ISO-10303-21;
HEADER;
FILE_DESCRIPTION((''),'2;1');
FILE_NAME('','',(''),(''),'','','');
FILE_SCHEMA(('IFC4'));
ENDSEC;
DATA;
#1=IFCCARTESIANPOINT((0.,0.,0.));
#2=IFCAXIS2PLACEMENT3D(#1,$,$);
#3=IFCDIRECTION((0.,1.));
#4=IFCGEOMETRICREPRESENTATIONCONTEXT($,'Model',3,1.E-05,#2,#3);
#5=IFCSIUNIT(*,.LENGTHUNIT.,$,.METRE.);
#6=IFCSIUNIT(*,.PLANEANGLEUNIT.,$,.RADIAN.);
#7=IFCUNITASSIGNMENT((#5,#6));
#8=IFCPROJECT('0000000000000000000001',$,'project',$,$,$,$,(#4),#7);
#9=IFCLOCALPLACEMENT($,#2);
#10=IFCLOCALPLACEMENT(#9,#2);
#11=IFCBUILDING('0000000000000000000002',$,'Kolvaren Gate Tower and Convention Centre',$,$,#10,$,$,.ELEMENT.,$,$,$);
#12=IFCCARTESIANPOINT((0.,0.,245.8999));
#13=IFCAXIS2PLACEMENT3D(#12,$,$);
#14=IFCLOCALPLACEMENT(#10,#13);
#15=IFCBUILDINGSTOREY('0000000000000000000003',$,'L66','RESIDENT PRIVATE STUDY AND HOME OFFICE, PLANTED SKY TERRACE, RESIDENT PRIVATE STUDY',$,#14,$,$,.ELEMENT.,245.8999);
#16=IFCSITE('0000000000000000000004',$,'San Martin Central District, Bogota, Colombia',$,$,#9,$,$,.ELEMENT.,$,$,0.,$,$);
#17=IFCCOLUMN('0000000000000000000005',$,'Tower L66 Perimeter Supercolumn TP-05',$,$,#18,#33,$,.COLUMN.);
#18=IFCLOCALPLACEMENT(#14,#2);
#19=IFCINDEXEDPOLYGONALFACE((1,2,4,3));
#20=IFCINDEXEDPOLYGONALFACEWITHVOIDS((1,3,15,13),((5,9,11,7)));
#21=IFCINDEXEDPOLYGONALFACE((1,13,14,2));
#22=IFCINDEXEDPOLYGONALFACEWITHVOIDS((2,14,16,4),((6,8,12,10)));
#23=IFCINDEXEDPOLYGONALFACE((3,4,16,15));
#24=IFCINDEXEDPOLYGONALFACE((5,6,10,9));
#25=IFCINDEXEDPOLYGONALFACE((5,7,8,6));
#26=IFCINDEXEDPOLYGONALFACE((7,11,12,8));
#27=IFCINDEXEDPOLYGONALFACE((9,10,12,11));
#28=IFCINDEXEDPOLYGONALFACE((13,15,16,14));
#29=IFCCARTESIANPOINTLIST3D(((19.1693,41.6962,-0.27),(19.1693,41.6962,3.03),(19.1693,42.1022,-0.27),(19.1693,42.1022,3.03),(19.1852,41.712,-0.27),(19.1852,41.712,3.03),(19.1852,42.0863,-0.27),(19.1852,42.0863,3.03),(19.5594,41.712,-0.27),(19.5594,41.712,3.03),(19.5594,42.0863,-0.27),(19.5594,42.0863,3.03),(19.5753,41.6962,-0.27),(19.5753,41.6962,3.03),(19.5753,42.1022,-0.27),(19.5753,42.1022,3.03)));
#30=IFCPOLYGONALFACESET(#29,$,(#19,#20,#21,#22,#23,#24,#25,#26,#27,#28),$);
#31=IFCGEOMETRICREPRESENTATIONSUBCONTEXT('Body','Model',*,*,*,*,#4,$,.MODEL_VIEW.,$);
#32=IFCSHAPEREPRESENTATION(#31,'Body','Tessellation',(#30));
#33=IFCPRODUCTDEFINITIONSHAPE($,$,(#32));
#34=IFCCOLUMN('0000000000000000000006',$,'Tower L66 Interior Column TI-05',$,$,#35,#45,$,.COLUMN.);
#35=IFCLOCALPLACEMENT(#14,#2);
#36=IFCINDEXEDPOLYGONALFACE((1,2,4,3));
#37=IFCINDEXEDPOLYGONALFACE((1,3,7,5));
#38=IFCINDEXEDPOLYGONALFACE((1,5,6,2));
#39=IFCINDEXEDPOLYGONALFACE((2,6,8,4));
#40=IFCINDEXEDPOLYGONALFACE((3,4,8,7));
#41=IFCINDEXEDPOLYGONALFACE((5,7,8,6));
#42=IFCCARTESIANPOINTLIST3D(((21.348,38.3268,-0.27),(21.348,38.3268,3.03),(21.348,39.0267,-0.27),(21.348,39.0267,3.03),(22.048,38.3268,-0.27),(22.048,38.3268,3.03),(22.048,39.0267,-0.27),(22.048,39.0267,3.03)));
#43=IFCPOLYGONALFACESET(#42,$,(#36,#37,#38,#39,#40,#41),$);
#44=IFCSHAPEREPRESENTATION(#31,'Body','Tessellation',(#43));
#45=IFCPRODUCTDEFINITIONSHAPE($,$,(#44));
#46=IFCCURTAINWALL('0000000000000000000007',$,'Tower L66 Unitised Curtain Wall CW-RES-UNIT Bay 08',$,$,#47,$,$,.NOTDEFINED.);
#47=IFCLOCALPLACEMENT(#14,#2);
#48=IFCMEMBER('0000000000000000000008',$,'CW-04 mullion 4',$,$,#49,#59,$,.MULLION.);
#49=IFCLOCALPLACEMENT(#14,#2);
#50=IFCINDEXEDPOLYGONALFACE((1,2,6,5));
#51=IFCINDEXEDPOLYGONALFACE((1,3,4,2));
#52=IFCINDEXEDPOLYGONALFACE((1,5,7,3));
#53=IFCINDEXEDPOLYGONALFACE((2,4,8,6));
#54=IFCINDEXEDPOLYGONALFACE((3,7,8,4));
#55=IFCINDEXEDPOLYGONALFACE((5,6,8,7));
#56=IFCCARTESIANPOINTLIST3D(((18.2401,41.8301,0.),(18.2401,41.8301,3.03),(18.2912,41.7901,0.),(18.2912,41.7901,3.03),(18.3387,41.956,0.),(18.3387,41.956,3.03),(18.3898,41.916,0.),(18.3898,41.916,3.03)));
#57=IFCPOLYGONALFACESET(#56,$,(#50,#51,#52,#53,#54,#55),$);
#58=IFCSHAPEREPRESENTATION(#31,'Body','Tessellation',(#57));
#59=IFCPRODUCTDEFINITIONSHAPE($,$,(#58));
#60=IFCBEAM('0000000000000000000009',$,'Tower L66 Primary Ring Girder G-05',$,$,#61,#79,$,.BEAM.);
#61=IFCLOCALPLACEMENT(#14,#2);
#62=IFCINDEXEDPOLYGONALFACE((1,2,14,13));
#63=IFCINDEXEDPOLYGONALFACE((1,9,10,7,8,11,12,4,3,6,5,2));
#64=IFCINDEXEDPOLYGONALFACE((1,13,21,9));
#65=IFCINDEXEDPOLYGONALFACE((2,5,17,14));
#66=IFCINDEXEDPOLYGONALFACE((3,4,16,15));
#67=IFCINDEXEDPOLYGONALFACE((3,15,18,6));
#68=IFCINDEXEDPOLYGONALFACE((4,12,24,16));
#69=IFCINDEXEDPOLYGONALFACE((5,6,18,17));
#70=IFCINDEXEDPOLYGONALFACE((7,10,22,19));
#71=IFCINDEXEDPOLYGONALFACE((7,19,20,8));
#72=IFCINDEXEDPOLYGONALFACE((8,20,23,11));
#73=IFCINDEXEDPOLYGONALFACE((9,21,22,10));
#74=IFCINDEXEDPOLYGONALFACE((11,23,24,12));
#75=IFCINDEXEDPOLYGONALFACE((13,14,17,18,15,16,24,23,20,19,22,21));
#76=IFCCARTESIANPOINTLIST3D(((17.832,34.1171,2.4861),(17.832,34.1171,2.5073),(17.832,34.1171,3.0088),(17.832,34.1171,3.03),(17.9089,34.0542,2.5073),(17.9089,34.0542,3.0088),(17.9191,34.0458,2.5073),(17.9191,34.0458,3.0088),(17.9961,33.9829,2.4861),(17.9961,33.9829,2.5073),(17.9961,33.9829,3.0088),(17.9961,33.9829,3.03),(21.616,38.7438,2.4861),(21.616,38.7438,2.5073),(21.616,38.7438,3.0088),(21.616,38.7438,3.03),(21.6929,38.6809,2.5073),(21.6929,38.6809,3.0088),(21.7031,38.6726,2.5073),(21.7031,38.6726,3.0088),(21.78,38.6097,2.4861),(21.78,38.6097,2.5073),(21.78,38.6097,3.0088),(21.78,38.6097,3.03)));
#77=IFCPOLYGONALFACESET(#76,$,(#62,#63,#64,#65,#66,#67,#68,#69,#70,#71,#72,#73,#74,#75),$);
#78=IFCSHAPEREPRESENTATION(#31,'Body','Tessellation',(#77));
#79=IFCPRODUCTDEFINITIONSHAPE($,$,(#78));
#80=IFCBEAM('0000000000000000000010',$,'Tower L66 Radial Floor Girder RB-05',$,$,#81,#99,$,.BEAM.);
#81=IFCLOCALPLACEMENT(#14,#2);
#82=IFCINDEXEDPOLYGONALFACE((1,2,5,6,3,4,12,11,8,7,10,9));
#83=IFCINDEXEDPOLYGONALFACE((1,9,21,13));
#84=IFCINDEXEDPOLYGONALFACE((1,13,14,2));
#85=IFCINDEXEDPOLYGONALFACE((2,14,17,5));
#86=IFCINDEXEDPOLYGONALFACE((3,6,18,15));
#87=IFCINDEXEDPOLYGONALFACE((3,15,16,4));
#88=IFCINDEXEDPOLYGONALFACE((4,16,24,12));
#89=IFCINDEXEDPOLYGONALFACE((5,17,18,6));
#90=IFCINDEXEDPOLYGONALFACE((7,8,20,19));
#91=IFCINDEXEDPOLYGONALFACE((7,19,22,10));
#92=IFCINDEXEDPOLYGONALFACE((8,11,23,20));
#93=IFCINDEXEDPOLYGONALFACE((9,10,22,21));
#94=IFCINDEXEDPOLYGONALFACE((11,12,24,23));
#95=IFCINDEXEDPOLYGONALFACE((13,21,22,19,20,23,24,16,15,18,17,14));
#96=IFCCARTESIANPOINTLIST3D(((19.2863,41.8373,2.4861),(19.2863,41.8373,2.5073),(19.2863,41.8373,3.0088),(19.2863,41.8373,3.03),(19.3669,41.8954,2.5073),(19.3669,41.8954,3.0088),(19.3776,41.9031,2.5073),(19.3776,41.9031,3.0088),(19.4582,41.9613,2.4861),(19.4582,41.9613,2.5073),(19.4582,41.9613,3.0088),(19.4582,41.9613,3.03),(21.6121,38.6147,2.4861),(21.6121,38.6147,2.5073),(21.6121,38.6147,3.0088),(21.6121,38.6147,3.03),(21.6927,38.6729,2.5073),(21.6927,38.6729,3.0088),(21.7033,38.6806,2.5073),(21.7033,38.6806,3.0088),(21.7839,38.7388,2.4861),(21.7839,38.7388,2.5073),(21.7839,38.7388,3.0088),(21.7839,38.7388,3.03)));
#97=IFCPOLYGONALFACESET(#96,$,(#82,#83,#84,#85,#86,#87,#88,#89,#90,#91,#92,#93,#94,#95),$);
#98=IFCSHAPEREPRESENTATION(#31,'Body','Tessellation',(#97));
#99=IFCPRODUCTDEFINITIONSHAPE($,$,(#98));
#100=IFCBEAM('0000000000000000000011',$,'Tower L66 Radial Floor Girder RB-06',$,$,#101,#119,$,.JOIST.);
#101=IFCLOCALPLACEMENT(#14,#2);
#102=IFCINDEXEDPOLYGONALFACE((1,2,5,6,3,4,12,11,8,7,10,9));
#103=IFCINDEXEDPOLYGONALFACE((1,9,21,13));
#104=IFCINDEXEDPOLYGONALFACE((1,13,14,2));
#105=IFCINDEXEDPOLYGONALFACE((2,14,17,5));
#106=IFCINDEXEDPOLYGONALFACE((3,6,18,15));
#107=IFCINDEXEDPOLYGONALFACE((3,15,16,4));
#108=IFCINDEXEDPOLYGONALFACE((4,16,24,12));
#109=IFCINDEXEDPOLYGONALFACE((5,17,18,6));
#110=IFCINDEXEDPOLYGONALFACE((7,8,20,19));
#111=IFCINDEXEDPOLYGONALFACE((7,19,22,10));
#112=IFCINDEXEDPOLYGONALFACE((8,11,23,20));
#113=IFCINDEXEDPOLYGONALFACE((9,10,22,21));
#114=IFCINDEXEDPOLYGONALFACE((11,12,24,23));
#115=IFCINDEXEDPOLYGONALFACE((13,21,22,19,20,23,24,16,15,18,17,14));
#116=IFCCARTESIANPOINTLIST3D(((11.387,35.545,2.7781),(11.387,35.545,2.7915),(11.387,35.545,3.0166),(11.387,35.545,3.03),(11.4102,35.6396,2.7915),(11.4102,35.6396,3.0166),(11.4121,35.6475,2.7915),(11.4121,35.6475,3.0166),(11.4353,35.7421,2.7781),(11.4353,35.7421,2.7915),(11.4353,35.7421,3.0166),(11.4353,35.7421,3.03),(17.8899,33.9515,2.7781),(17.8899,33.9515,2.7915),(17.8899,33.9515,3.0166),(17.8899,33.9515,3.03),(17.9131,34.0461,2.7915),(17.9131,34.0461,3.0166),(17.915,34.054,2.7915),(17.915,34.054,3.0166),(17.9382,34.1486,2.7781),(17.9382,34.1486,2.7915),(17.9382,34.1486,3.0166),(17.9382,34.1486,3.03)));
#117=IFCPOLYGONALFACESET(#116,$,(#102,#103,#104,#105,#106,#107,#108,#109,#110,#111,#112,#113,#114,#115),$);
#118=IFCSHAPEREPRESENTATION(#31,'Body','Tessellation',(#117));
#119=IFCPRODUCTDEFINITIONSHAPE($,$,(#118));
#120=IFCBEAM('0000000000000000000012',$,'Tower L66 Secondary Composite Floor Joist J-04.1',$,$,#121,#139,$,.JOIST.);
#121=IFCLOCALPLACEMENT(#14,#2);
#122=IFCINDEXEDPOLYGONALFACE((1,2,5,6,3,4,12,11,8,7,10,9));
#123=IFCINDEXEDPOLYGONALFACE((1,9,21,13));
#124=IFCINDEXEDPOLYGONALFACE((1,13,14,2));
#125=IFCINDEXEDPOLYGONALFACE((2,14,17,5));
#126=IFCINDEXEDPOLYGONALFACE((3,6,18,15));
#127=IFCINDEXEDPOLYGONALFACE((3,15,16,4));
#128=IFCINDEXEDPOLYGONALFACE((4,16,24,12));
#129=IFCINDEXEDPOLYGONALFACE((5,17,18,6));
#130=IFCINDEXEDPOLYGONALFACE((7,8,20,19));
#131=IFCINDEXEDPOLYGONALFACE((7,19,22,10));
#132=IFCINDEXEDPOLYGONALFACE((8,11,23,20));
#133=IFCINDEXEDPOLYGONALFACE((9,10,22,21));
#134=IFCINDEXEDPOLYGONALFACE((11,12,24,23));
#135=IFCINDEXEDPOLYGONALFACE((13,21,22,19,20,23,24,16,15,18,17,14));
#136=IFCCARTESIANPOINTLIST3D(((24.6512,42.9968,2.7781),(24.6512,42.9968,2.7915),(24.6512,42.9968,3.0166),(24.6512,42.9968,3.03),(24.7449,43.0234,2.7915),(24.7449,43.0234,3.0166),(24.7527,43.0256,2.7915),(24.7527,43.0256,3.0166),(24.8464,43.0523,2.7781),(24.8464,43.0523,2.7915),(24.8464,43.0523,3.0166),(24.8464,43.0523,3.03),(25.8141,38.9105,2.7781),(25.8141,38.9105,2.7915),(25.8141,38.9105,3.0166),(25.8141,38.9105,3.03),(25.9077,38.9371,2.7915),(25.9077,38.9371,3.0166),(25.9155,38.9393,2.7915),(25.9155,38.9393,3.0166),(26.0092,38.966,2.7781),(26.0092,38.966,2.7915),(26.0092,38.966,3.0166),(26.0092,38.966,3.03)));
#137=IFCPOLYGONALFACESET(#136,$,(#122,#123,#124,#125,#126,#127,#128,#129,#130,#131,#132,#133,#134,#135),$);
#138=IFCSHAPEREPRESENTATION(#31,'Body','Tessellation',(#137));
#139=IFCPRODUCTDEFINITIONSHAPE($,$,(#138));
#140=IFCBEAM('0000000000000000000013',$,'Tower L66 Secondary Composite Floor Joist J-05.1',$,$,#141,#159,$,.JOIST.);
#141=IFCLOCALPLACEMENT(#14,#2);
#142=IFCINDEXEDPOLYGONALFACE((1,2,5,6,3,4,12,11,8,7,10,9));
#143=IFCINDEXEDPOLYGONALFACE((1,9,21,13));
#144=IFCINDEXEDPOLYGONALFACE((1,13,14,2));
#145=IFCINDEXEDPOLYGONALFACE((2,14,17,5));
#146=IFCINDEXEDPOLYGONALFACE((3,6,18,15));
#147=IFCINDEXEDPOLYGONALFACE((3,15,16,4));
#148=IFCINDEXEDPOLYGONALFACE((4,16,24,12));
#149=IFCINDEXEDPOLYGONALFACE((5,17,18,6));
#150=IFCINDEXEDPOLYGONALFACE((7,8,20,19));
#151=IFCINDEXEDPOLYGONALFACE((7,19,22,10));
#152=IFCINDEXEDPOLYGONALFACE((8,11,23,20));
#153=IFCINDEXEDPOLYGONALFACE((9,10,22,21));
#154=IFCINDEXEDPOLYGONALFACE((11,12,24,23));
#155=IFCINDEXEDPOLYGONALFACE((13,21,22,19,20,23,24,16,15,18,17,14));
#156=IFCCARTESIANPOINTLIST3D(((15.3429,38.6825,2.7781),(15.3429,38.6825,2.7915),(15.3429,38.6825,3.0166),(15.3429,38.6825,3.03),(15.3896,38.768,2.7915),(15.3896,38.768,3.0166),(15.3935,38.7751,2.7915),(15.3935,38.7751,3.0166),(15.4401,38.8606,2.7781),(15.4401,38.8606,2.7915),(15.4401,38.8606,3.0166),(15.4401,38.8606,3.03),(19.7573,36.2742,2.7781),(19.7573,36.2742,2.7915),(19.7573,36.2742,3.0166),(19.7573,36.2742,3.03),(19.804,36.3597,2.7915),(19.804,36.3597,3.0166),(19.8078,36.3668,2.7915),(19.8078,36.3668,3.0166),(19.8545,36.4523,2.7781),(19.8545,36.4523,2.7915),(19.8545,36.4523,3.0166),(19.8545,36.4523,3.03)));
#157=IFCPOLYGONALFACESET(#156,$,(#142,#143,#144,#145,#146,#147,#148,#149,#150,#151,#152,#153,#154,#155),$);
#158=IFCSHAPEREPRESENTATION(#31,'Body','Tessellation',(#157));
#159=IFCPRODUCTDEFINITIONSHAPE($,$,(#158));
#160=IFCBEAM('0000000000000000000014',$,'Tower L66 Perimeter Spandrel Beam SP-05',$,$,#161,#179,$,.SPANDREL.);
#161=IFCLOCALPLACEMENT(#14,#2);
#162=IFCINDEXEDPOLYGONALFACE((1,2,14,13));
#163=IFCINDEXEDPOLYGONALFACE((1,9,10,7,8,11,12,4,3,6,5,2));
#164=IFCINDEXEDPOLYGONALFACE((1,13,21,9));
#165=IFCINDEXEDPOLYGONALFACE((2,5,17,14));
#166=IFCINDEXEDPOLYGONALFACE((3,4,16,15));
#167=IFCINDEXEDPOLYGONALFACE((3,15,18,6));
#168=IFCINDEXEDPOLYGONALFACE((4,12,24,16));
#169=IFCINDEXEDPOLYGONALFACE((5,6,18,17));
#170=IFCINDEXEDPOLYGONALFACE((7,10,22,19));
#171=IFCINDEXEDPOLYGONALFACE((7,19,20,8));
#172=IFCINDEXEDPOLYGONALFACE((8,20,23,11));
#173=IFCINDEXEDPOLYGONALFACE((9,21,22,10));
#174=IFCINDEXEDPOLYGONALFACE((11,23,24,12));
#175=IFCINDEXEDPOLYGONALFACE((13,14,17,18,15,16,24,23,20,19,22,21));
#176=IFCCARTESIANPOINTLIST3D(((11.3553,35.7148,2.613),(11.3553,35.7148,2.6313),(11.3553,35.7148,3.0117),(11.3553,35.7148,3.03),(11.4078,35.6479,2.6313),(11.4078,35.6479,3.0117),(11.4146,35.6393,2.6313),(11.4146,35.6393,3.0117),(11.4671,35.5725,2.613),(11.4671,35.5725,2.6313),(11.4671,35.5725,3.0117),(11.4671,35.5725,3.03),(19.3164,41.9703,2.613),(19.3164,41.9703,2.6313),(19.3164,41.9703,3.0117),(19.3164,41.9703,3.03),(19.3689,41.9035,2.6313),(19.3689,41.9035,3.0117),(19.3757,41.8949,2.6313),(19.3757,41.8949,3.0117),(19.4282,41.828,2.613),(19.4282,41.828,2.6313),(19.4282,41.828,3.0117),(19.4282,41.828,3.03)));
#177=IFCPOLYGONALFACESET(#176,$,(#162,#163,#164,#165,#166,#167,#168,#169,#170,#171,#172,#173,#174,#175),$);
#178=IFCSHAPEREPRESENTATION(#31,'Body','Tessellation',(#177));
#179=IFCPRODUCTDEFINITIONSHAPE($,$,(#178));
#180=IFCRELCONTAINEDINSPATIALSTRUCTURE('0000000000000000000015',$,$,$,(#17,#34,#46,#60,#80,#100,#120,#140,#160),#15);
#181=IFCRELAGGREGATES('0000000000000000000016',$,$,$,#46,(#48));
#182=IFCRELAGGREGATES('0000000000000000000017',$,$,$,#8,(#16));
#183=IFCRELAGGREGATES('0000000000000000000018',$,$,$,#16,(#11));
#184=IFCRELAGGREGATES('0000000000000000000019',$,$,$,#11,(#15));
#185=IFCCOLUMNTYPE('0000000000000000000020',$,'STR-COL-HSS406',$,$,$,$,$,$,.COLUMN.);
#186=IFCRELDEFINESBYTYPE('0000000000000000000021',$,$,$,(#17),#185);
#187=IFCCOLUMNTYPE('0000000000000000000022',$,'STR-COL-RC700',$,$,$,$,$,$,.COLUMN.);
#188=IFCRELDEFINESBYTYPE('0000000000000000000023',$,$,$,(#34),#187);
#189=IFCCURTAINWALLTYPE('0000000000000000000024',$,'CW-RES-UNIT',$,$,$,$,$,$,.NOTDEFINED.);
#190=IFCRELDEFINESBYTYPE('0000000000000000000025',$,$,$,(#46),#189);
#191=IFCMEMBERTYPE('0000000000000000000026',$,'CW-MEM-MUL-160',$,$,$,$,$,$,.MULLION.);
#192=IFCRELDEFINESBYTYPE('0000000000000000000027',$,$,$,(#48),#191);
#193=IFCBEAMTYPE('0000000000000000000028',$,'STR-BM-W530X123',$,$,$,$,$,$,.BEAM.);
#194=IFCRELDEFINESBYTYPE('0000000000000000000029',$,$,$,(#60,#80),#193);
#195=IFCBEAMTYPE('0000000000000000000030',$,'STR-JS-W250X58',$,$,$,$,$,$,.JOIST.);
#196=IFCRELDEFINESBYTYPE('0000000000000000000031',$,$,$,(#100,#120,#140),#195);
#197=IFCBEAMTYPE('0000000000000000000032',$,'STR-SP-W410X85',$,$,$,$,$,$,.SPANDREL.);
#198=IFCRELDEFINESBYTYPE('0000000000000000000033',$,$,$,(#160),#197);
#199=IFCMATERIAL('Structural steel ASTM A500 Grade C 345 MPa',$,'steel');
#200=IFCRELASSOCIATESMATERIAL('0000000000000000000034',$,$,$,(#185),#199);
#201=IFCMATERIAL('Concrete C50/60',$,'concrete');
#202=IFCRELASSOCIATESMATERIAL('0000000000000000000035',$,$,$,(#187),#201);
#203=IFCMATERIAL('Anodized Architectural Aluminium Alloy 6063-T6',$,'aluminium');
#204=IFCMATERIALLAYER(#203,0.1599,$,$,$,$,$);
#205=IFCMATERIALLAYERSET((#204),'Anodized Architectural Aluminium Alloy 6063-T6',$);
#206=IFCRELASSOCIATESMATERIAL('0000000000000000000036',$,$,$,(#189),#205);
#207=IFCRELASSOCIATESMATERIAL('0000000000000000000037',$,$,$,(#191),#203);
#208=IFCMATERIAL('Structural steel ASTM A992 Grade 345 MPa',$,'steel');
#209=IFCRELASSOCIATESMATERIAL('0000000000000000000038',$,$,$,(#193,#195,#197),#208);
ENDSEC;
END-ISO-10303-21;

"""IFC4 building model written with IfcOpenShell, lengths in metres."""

from ifc_helpers import new_model, si_unit, direction, frame, origin, origin_2d, place, context, subcontext, project, spatial, rectangle, hollow_rectangle, i_section, extrude, material, layer, layer_set, material_profile, profile_set, type_object, element, aggregate, save


model = new_model("IFC4")

# Units and contexts
model_context = context("Model", 3, precision=1e-05, world=origin(), true_north=direction((0.0, 1.0)))
body_context = subcontext(model_context, "Body", "Model", "MODEL_VIEW")
ifc_project = project(units=[si_unit("LENGTHUNIT", "METRE"), si_unit("PLANEANGLEUNIT", "RADIAN")], contexts=[model_context])

# Site, building, storey
site_placement = place(None, origin())
site = spatial("IfcSite", under=ifc_project, at=site_placement, Name="San Martin Central District, Bogota, Colombia", CompositionType="ELEMENT", RefElevation=0.0)
building_placement = place(site_placement, origin())
building = spatial("IfcBuilding", under=site, at=building_placement, Name="Kolvaren Gate Tower and Convention Centre", CompositionType="ELEMENT")
storey_placement = place(building_placement, frame((0.0, 0.0, 245.8999)))
storey = spatial("IfcBuildingStorey", under=building, at=storey_placement, Name="L66", Description="RESIDENT PRIVATE STUDY AND HOME OFFICE, PLANTED SKY TERRACE, RESIDENT PRIVATE STUDY", CompositionType="ELEMENT", Elevation=245.8999)

# Columns
ifc_material_1 = material(Name="Structural steel ASTM A500 Grade C 345 MPa", Category="steel")
ifc_material_profile_1 = material_profile(ifc_material_1, hollow_rectangle(XDim=0.406, YDim=0.406, WallThickness=0.0159, at=origin_2d()), Name="HSS406X406X15.9")
ifc_profile_set_1 = profile_set([ifc_material_profile_1], Name="Structural steel ASTM A500 Grade C 345 MPa")
column_type_1 = type_object("IfcColumnType", Name="STR-COL-HSS406", PredefinedType="COLUMN", material=ifc_profile_set_1)
column_1_placement = place(storey_placement, frame((19.3723, 41.8992, -0.27), z_axis=(0.0, 0.0, 1.0), x_axis=(1.0, 0.0, 0.0)))
element("IfcColumn", 1, at=column_1_placement, inside=storey, type_object=column_type_1, Name="Tower L66 Perimeter Supercolumn TP-05", PredefinedType="COLUMN", context=body_context, shape_type="SweptSolid", body=[
    extrude(hollow_rectangle(XDim=0.406, YDim=0.406, WallThickness=0.0159, at=origin_2d()), origin(), (0.0, 0.0, 1.0), 3.3),
])
ifc_material_2 = material(Name="Concrete C50/60", Category="concrete")
ifc_material_profile_2 = material_profile(ifc_material_2, rectangle(XDim=0.7, YDim=0.7, at=origin_2d()), Name="RC-COL-700X700")
ifc_profile_set_2 = profile_set([ifc_material_profile_2], Name="Concrete C50/60")
column_type_2 = type_object("IfcColumnType", Name="STR-COL-RC700", PredefinedType="COLUMN", material=ifc_profile_set_2)
column_2_placement = place(storey_placement, frame((21.698, 38.6768, -0.27), z_axis=(0.0, 0.0, 1.0), x_axis=(1.0, 0.0, 0.0)))
element("IfcColumn", 2, at=column_2_placement, inside=storey, type_object=column_type_2, Name="Tower L66 Interior Column TI-05", PredefinedType="COLUMN", context=body_context, shape_type="SweptSolid", body=[
    extrude(rectangle(XDim=0.7, YDim=0.7, at=origin_2d()), origin(), (0.0, 0.0, 1.0), 3.3),
])

# Curtain wall, member
ifc_material_3 = material(Name="Anodized Architectural Aluminium Alloy 6063-T6", Category="aluminium")
ifc_layer_1 = layer(ifc_material_3, 0.1599)
ifc_layer_set_1 = layer_set([ifc_layer_1], Name="Anodized Architectural Aluminium Alloy 6063-T6")
curtain_wall_type = type_object("IfcCurtainWallType", Name="CW-RES-UNIT", PredefinedType="NOTDEFINED", material=ifc_layer_set_1)
curtain_wall_placement = place(storey_placement, origin())
curtain_wall = element("IfcCurtainWall", 3, at=curtain_wall_placement, inside=storey, type_object=curtain_wall_type, Name="Tower L66 Unitised Curtain Wall CW-RES-UNIT Bay 08", PredefinedType="NOTDEFINED")
ifc_material_profile_3 = material_profile(ifc_material_3, rectangle(XDim=0.0649, YDim=0.1599, at=origin_2d()), Name="CW-MEM-MUL-160")
ifc_profile_set_3 = profile_set([ifc_material_profile_3], Name="Anodized Architectural Aluminium Alloy 6063-T6")
member_type = type_object("IfcMemberType", Name="CW-MEM-MUL-160", PredefinedType="MULLION", material=ifc_profile_set_3)
member_placement = place(storey_placement, frame((18.3149, 41.873, 0.0), z_axis=(0.0, 0.0, 1.0), x_axis=(-0.787414, 0.616425, 0.0)))
member = element("IfcMember", 4, at=member_placement, type_object=member_type, Name="CW-04 mullion 4", PredefinedType="MULLION", context=body_context, shape_type="SweptSolid", body=[
    extrude(rectangle(XDim=0.0649, YDim=0.1599, at=origin_2d()), origin(), (0.0, 0.0, 1.0), 3.03),
])

# Beams
ifc_material_4 = material(Name="Structural steel ASTM A992 Grade 345 MPa", Category="steel")
ifc_material_profile_4 = material_profile(ifc_material_4, i_section(OverallWidth=0.2119, OverallDepth=0.5439, WebThickness=0.0132, FlangeThickness=0.0212, at=origin_2d()), Name="W530X123")
ifc_profile_set_4 = profile_set([ifc_material_profile_4], Name="Structural steel ASTM A992 Grade 345 MPa")
beam_type_1 = type_object("IfcBeamType", Name="STR-BM-W530X123", PredefinedType="BEAM", material=ifc_profile_set_4)
beam_1_placement = place(storey_placement, frame((21.698, 38.6768, 2.7581), z_axis=(-0.633082, -0.774085, 0.0), x_axis=(0.774085, -0.633082, 0.0)))
element("IfcBeam", 5, at=beam_1_placement, inside=storey, type_object=beam_type_1, Name="Tower L66 Primary Ring Girder G-05", PredefinedType="BEAM", context=body_context, shape_type="SweptSolid", body=[
    extrude(i_section(OverallWidth=0.2119, OverallDepth=0.5439, WebThickness=0.0132, FlangeThickness=0.0212, at=origin_2d()), origin(), (0.0, 0.0, 1.0), 5.9771),
])
beam_2_placement = place(storey_placement, frame((21.698, 38.6768, 2.7581), z_axis=(-0.585224, 0.810872, 0.0), x_axis=(-0.810872, -0.585224, 0.0)))
element("IfcBeam", 6, at=beam_2_placement, inside=storey, type_object=beam_type_1, Name="Tower L66 Radial Floor Girder RB-05", PredefinedType="BEAM", context=body_context, shape_type="SweptSolid", body=[
    extrude(i_section(OverallWidth=0.2119, OverallDepth=0.5439, WebThickness=0.0132, FlangeThickness=0.0212, at=origin_2d()), origin(), (0.0, 0.0, 1.0), 3.9741),
])
ifc_material_profile_5 = material_profile(ifc_material_4, i_section(OverallWidth=0.2029, OverallDepth=0.252, WebThickness=0.0081, FlangeThickness=0.0134, at=origin_2d()), Name="W250X58")
ifc_profile_set_5 = profile_set([ifc_material_profile_5], Name="Structural steel ASTM A992 Grade 345 MPa")
beam_type_2 = type_object("IfcBeamType", Name="STR-JS-W250X58", PredefinedType="JOIST", material=ifc_profile_set_5)
beam_3_placement = place(storey_placement, frame((17.9141, 34.05, 2.9041), z_axis=(-0.971264, 0.238003, 0.0), x_axis=(-0.238003, -0.971264, 0.0)))
element("IfcBeam", 7, at=beam_3_placement, inside=storey, type_object=beam_type_2, Name="Tower L66 Radial Floor Girder RB-06", PredefinedType="JOIST", context=body_context, shape_type="SweptSolid", body=[
    extrude(i_section(OverallWidth=0.2029, OverallDepth=0.252, WebThickness=0.0081, FlangeThickness=0.0134, at=origin_2d()), origin(), (0.0, 0.0, 1.0), 6.6953),
])
beam_4_placement = place(storey_placement, frame((25.9116, 38.9382, 2.9041), z_axis=(-0.273696, 0.961816, 0.0), x_axis=(-0.961816, -0.273696, 0.0)))
element("IfcBeam", 8, at=beam_4_placement, inside=storey, type_object=beam_type_2, Name="Tower L66 Secondary Composite Floor Joist J-04.1", PredefinedType="JOIST", context=body_context, shape_type="SweptSolid", body=[
    extrude(i_section(OverallWidth=0.2029, OverallDepth=0.252, WebThickness=0.0081, FlangeThickness=0.0134, at=origin_2d()), origin(), (0.0, 0.0, 1.0), 4.2485),
])
beam_5_placement = place(storey_placement, frame((19.8059, 36.3633, 2.9041), z_axis=(-0.877862, 0.478913, 0.0), x_axis=(-0.478913, -0.877862, 0.0)))
element("IfcBeam", 9, at=beam_5_placement, inside=storey, type_object=beam_type_2, Name="Tower L66 Secondary Composite Floor Joist J-05.1", PredefinedType="JOIST", context=body_context, shape_type="SweptSolid", body=[
    extrude(i_section(OverallWidth=0.2029, OverallDepth=0.252, WebThickness=0.0081, FlangeThickness=0.0134, at=origin_2d()), origin(), (0.0, 0.0, 1.0), 5.0286),
])
ifc_material_profile_6 = material_profile(ifc_material_4, i_section(OverallWidth=0.1809, OverallDepth=0.417, WebThickness=0.011, FlangeThickness=0.0183, at=origin_2d()), Name="W410X85")
ifc_profile_set_6 = profile_set([ifc_material_profile_6], Name="Structural steel ASTM A992 Grade 345 MPa")
beam_type_3 = type_object("IfcBeamType", Name="STR-SP-W410X85", PredefinedType="SPANDREL", material=ifc_profile_set_6)
beam_6_placement = place(storey_placement, frame((19.3723, 41.8992, 2.8215), z_axis=(-0.786299, -0.617846, 0.0), x_axis=(0.617846, -0.786299, 0.0)))
element("IfcBeam", 10, at=beam_6_placement, inside=storey, type_object=beam_type_3, Name="Tower L66 Perimeter Spandrel Beam SP-05", PredefinedType="SPANDREL", context=body_context, shape_type="SweptSolid", body=[
    extrude(i_section(OverallWidth=0.1809, OverallDepth=0.417, WebThickness=0.011, FlangeThickness=0.0183, at=origin_2d()), origin(), (0.0, 0.0, 1.0), 10.1248),
])

aggregate(curtain_wall, [member])

save(model, "model.ifc")
